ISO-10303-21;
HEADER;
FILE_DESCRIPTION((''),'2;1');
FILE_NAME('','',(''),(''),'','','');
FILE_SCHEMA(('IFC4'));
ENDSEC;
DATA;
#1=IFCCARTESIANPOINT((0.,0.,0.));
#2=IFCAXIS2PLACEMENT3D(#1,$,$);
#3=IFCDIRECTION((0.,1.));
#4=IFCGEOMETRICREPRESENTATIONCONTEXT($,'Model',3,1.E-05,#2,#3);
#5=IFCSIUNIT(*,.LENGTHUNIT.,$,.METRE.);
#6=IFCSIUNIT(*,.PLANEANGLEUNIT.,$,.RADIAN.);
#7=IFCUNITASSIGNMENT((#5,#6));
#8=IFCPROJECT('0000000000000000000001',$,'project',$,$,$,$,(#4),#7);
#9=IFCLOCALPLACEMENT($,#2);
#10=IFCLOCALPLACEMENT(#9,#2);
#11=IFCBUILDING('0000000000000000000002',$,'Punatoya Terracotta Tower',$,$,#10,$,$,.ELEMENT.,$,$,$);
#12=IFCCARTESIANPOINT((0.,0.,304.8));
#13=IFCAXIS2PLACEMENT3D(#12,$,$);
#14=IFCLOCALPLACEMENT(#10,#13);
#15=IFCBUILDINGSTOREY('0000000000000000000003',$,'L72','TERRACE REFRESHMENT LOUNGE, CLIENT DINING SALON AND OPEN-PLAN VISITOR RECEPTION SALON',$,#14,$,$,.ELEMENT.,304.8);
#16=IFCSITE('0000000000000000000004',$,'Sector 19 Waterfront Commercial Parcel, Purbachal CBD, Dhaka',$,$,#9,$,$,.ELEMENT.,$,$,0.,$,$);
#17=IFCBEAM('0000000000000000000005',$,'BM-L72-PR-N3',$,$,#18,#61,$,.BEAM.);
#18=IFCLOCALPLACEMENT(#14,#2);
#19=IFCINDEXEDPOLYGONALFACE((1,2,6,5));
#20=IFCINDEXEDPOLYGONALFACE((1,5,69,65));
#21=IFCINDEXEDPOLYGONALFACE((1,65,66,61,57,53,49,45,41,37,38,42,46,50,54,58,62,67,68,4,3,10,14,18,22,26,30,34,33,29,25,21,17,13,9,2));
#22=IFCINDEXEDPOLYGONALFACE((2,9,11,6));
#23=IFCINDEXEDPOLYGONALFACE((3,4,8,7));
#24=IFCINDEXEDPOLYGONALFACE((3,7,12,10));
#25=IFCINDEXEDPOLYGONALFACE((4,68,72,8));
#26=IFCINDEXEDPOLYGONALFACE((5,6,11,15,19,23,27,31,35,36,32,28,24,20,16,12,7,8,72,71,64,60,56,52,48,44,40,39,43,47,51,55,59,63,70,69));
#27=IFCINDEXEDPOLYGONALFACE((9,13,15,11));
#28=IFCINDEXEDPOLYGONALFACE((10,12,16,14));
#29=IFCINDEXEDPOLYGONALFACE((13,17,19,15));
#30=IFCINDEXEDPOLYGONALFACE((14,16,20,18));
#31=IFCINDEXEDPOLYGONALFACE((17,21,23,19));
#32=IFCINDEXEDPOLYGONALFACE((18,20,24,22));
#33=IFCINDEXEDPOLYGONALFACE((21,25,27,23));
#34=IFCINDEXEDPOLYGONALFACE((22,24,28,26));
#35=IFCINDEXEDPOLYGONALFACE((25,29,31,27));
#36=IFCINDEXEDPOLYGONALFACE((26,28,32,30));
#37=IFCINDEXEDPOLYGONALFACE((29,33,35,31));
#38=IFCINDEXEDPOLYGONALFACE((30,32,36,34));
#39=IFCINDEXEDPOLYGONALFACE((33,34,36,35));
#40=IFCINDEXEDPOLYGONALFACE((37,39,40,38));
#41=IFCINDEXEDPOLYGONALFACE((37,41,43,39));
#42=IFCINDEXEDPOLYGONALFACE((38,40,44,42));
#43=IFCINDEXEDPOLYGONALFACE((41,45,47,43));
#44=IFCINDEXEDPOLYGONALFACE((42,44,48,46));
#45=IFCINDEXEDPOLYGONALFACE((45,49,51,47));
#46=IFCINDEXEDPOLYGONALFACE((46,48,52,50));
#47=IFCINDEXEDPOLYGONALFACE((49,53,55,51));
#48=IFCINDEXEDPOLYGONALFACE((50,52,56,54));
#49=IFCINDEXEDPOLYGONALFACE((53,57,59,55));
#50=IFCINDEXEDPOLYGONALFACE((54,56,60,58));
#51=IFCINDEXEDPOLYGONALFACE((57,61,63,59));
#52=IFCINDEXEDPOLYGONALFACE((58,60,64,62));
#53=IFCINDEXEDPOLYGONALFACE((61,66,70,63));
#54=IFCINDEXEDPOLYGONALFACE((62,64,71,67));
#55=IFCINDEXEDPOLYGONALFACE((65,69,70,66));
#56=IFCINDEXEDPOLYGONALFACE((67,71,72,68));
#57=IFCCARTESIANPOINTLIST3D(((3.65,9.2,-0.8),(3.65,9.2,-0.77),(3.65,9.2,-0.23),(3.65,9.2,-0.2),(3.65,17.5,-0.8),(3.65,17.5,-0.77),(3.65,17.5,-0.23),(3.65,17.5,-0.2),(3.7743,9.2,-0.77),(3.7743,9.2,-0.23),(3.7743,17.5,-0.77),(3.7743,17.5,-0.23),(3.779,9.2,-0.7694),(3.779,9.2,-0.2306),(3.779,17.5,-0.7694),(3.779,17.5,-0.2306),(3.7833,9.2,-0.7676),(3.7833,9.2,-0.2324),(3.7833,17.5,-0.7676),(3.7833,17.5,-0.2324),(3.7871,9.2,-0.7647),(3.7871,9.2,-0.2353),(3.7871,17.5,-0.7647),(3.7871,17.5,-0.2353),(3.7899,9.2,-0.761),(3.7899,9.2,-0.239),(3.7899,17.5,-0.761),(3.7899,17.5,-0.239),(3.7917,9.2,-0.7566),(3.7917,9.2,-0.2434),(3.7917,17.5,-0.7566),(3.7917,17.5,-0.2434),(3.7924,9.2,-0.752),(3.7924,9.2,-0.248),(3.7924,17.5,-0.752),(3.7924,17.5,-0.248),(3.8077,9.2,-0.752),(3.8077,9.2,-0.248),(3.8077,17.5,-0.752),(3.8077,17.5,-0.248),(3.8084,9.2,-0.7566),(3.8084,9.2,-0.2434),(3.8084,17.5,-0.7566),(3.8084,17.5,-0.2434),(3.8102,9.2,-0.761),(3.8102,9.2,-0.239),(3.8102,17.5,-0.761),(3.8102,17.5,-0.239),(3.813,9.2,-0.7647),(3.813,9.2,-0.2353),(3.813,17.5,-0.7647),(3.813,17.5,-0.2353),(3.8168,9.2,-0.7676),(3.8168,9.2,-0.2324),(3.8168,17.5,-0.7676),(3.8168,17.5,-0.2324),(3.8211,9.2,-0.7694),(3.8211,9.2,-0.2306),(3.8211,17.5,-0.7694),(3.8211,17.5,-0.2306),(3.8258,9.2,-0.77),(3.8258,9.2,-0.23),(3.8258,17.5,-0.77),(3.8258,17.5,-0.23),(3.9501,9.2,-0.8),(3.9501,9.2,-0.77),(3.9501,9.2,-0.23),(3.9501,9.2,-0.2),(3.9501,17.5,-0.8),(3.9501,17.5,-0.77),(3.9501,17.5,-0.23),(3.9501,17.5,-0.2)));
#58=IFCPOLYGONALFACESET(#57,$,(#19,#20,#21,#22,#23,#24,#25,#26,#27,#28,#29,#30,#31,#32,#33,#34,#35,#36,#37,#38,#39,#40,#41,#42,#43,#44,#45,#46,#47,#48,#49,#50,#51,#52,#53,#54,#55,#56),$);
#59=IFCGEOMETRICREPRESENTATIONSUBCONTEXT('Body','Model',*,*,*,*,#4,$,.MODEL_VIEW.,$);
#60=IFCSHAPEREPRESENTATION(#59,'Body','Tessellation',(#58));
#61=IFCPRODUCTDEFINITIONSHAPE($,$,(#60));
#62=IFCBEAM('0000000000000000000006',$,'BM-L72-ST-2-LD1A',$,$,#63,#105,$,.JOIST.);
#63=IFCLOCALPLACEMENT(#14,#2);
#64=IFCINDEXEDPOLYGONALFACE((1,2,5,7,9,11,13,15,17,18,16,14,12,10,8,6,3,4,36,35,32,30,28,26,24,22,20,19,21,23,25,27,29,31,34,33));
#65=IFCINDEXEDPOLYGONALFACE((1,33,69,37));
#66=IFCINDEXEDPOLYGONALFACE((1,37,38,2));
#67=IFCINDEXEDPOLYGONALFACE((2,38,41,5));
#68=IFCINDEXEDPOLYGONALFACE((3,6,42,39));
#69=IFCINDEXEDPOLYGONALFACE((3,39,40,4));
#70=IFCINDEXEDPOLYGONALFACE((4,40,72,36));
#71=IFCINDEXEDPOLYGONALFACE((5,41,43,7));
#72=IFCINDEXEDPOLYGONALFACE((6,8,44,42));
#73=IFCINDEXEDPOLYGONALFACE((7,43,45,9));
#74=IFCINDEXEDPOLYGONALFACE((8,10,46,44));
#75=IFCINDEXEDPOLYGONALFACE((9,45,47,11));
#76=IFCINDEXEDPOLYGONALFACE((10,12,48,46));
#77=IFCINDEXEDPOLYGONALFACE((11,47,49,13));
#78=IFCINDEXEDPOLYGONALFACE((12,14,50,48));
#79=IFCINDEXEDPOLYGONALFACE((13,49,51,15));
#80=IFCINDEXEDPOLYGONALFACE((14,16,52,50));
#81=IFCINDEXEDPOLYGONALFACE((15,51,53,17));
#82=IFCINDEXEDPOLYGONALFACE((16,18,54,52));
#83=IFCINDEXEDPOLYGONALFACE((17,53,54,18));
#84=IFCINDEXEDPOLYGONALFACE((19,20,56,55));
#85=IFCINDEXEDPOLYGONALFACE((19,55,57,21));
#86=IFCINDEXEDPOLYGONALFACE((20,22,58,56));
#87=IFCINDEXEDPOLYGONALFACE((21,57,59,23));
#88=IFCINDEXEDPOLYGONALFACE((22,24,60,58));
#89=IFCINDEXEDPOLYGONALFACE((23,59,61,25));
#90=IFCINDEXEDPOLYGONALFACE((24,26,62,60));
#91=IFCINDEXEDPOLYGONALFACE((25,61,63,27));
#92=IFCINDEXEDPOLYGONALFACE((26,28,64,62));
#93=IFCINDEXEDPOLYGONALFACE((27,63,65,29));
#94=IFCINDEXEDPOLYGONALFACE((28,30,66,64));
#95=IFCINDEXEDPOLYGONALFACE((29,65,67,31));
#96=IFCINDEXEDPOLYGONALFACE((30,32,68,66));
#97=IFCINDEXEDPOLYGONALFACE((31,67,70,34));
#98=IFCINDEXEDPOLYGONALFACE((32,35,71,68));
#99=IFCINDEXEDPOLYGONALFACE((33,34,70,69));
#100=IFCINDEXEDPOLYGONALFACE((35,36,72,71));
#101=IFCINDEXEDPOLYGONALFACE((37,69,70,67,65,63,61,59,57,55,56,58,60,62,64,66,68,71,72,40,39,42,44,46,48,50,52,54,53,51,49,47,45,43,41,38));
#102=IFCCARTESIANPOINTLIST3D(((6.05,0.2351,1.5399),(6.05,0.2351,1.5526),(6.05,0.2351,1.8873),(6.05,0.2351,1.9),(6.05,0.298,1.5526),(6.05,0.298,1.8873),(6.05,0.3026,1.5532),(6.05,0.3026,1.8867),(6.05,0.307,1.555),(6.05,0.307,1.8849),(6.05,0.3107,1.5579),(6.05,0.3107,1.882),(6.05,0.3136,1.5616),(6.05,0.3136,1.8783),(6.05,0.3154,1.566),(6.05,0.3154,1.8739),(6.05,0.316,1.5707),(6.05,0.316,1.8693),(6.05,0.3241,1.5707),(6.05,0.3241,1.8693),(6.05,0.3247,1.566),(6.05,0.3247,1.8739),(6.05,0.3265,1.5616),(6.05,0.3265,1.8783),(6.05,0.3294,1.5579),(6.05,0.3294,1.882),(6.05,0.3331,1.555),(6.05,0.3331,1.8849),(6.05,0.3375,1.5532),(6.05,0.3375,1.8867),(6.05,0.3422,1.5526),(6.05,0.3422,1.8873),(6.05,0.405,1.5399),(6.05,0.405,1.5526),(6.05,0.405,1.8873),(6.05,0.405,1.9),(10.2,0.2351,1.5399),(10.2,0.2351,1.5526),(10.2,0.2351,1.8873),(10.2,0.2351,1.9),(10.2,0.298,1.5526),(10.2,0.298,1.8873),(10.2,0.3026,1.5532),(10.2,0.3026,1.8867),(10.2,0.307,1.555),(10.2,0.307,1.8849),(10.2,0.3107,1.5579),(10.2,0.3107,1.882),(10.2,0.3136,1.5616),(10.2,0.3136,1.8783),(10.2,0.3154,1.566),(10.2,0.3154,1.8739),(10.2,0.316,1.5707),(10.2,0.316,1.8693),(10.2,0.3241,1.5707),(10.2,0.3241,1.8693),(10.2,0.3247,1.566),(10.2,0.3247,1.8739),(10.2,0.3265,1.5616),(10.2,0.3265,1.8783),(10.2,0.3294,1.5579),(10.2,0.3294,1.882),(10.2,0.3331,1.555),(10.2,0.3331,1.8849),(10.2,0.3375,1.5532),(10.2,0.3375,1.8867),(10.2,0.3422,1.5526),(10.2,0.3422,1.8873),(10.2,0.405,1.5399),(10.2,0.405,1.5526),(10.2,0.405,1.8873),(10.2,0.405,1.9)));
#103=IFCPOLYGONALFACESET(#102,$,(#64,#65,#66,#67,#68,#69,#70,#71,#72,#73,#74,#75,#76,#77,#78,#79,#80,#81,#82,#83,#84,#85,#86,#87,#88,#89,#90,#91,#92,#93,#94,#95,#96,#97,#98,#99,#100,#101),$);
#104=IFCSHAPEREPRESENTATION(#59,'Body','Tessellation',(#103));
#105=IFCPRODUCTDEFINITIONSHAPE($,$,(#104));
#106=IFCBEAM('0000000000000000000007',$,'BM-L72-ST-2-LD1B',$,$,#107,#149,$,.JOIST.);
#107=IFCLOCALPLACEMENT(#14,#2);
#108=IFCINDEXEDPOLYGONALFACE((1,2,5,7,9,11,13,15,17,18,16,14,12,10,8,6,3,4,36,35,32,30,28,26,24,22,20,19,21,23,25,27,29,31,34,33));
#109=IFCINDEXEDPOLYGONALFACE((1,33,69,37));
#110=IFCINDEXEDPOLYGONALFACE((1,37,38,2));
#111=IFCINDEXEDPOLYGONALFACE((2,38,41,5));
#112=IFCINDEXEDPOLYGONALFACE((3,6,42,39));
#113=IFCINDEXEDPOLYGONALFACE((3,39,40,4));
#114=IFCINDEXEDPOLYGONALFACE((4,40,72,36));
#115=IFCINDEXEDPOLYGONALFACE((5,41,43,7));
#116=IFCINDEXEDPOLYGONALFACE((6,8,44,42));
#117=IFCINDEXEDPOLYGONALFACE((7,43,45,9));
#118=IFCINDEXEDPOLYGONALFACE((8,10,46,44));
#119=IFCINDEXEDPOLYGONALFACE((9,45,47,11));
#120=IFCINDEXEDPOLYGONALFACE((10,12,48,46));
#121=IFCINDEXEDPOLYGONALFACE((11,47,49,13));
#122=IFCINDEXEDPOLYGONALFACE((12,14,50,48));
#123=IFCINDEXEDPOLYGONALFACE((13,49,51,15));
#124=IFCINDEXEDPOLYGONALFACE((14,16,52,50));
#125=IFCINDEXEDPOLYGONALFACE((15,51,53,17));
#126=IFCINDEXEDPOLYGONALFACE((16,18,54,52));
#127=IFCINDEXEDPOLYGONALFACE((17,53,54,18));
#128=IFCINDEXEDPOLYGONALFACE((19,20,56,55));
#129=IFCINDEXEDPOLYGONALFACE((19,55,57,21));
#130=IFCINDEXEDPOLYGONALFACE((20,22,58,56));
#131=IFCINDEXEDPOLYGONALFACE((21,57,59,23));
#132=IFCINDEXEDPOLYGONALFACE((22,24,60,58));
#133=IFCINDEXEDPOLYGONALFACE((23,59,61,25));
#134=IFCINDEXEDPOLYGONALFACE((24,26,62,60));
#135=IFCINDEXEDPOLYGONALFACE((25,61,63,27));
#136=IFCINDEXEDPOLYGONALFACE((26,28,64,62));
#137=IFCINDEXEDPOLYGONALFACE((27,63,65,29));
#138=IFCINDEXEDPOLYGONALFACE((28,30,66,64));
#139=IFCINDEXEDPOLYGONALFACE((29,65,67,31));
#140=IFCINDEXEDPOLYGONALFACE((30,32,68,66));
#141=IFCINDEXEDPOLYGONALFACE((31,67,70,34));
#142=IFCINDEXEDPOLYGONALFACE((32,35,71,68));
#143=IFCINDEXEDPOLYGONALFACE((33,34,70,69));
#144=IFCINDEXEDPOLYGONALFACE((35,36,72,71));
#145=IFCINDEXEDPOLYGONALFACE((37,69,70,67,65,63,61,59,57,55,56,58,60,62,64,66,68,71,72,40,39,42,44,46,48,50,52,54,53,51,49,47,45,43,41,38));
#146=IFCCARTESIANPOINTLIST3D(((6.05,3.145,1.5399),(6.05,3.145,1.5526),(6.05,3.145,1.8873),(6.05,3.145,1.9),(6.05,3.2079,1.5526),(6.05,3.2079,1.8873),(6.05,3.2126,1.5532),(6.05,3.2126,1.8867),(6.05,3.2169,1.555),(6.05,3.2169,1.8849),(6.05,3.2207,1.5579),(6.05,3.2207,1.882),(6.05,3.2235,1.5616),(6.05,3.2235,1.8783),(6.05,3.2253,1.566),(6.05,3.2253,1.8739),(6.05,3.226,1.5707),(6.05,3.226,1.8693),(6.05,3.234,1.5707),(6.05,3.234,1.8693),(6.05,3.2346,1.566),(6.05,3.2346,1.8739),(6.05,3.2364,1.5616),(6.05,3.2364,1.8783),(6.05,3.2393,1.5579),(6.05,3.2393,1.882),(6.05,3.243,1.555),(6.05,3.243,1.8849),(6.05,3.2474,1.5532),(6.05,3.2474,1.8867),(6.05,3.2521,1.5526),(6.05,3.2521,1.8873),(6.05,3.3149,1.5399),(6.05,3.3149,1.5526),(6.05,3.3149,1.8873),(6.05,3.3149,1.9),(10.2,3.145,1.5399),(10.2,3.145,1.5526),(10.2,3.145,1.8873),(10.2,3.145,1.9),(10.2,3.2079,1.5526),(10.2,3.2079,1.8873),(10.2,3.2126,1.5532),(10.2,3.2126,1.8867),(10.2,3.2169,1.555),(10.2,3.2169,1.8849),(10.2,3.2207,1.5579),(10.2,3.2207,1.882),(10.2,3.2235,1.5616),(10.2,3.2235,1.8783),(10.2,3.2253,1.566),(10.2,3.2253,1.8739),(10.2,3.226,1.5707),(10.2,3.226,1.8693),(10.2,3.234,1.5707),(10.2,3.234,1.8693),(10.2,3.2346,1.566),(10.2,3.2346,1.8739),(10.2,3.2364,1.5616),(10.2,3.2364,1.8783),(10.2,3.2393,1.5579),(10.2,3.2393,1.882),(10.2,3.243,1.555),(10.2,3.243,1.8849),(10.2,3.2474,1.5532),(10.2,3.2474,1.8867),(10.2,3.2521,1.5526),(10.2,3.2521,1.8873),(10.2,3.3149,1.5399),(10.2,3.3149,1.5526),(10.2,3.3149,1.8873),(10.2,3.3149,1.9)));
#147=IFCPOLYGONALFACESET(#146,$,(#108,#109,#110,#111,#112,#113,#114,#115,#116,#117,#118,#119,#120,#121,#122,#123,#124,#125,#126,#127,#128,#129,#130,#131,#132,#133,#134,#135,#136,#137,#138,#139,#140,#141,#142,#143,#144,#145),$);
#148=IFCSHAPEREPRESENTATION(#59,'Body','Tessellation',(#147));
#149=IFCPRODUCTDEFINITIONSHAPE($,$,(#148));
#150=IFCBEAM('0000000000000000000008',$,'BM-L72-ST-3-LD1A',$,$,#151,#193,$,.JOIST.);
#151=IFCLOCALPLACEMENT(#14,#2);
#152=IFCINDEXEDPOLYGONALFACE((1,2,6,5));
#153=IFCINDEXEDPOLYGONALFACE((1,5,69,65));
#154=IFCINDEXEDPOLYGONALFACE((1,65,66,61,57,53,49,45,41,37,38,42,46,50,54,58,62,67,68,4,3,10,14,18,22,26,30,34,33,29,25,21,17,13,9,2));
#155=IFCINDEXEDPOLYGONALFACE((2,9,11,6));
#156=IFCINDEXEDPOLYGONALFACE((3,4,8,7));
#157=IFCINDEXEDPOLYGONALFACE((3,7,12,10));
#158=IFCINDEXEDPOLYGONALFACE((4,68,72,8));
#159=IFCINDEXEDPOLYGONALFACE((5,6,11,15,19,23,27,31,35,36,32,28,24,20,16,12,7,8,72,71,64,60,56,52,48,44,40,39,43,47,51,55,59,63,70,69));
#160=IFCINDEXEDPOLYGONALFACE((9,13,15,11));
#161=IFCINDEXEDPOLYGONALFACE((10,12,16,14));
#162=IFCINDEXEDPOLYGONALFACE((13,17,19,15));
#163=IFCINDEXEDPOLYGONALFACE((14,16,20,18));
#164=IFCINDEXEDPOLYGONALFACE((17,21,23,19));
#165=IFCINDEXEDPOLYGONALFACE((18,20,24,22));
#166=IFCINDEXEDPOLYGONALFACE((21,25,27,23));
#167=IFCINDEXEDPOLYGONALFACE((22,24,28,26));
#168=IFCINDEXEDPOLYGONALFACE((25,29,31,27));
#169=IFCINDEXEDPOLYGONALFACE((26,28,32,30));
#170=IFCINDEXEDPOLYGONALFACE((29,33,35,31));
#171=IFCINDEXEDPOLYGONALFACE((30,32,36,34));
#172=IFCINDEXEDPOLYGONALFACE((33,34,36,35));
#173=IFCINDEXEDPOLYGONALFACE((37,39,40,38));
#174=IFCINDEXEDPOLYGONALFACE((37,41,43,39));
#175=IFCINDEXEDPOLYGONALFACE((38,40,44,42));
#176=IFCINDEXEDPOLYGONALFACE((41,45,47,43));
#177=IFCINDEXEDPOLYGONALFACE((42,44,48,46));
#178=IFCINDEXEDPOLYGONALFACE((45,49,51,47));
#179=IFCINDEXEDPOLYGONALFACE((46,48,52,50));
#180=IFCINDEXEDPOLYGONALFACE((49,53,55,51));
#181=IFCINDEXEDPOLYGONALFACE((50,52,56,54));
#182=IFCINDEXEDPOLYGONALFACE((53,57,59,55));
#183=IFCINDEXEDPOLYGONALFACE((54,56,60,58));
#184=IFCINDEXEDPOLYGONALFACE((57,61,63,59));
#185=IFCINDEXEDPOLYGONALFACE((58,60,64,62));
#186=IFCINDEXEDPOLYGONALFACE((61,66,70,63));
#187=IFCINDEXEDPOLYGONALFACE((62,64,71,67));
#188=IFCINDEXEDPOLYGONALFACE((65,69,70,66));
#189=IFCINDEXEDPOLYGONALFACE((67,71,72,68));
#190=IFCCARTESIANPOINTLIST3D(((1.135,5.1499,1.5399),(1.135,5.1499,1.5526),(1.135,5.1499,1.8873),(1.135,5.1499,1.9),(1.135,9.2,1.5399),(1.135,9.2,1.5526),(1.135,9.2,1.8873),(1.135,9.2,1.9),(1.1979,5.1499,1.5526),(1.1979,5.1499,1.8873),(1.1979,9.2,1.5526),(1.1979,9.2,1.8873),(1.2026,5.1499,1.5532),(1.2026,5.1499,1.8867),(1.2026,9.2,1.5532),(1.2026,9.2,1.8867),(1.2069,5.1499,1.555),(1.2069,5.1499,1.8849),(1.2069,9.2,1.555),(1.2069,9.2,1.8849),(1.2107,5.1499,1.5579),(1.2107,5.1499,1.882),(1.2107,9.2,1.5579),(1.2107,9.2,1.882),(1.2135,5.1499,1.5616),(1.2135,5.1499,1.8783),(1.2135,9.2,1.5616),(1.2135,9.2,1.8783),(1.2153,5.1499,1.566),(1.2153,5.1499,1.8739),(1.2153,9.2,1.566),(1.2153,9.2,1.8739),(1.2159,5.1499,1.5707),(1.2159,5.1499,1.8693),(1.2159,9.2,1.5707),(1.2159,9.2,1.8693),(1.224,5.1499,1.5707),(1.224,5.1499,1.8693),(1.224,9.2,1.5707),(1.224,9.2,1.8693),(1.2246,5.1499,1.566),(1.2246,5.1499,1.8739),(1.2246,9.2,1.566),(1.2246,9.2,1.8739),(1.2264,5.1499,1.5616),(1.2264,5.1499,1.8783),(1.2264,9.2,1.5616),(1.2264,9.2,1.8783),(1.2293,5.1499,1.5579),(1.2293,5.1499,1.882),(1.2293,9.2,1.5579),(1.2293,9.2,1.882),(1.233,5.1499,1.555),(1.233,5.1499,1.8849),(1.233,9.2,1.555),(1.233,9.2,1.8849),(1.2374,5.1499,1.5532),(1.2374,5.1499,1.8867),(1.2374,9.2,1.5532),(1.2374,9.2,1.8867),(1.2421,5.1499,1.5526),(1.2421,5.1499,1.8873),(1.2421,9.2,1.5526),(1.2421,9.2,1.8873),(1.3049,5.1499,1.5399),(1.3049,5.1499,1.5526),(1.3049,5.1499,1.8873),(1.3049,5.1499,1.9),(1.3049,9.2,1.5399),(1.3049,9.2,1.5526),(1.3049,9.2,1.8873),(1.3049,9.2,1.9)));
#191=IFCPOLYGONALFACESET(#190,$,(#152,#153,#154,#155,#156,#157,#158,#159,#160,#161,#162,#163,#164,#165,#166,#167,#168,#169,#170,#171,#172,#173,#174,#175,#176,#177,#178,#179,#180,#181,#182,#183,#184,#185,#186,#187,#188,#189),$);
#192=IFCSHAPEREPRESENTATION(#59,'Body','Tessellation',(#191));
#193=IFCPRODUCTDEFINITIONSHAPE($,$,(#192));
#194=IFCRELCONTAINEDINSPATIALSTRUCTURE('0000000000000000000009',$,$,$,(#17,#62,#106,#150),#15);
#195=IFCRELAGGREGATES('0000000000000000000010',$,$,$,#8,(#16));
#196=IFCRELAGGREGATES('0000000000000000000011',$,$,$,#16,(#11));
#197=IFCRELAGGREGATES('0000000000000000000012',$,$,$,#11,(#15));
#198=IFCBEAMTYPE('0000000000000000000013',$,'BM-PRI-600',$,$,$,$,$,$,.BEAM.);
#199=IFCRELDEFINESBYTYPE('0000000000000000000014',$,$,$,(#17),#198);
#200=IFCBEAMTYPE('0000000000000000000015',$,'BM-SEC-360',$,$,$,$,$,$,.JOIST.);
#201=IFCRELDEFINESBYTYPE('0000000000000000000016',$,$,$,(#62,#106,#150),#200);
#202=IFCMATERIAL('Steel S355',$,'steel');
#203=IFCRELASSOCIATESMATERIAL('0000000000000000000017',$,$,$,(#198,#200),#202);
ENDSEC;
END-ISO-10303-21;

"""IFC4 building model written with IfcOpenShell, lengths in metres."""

from ifc_helpers import new_model, si_unit, direction, frame, origin, origin_2d, place, context, subcontext, project, spatial, i_section, extrude, material, material_profile, profile_set, type_object, element, save


model = new_model("IFC4")

# Units and contexts
model_context = context("Model", 3, precision=1e-05, world=origin(), true_north=direction((0.0, 1.0)))
body_context = subcontext(model_context, "Body", "Model", "MODEL_VIEW")
ifc_project = project(units=[si_unit("LENGTHUNIT", "METRE"), si_unit("PLANEANGLEUNIT", "RADIAN")], contexts=[model_context])

# Site, building, storey
site_placement = place(None, origin())
site = spatial("IfcSite", under=ifc_project, at=site_placement, Name="Sector 19 Waterfront Commercial Parcel, Purbachal CBD, Dhaka", CompositionType="ELEMENT", RefElevation=0.0)
building_placement = place(site_placement, origin())
building = spatial("IfcBuilding", under=site, at=building_placement, Name="Punatoya Terracotta Tower", CompositionType="ELEMENT")
storey_placement = place(building_placement, frame((0.0, 0.0, 304.8)))
storey = spatial("IfcBuildingStorey", under=building, at=storey_placement, Name="L72", Description="TERRACE REFRESHMENT LOUNGE, CLIENT DINING SALON AND OPEN-PLAN VISITOR RECEPTION SALON", CompositionType="ELEMENT", Elevation=304.8)

# Beams
ifc_material_1 = material(Name="Steel S355", Category="steel")
ifc_material_profile_1 = material_profile(ifc_material_1, i_section(OverallWidth=0.3, OverallDepth=0.6001, WebThickness=0.0154, FlangeThickness=0.03, FilletRadius=0.0181, at=origin_2d()))
ifc_profile_set_1 = profile_set([ifc_material_profile_1], Name="Steel S355")
beam_type_1 = type_object("IfcBeamType", Name="BM-PRI-600", PredefinedType="BEAM", material=ifc_profile_set_1)
beam_placement = place(storey_placement, frame((3.8, 9.2, -0.5), z_axis=(0.0, 1.0, 0.0), x_axis=(-1.0, 0.0, 0.0)))
element("IfcBeam", 1, at=beam_placement, inside=storey, type_object=beam_type_1, Name="BM-L72-PR-N3", PredefinedType="BEAM", context=body_context, shape_type="SweptSolid", body=[
    extrude(i_section(OverallWidth=0.3, OverallDepth=0.6001, WebThickness=0.0154, FlangeThickness=0.03, FilletRadius=0.0181, at=origin_2d()), origin(), (0.0, 0.0, 1.0), 8.3),
])
ifc_material_profile_2 = material_profile(ifc_material_1, i_section(OverallWidth=0.1699, OverallDepth=0.3601, WebThickness=0.0081, FlangeThickness=0.0127, FilletRadius=0.0181, at=origin_2d()))
ifc_profile_set_2 = profile_set([ifc_material_profile_2], Name="Steel S355")
beam_type_2 = type_object("IfcBeamType", Name="BM-SEC-360", PredefinedType="JOIST", material=ifc_profile_set_2)
for number, where, z_axis, x_axis, name in (
    (2, (6.05, 0.3201, 1.72), (1.0, 0.0, 0.0), (0.0, 1.0, 0.0), "BM-L72-ST-2-LD1A"),
    (3, (6.05, 3.23, 1.72), (1.0, 0.0, 0.0), (0.0, 1.0, 0.0), "BM-L72-ST-2-LD1B"),
):
    element("IfcBeam", number, at=place(storey_placement, frame(where, z_axis=z_axis, x_axis=x_axis)), inside=storey, type_object=beam_type_2, Name=name, PredefinedType="JOIST", context=body_context, shape_type="SweptSolid", body=[
        extrude(i_section(OverallWidth=0.1699, OverallDepth=0.3601, WebThickness=0.0081, FlangeThickness=0.0127, FilletRadius=0.0181, at=origin_2d()), origin(), (0.0, 0.0, 1.0), 4.1499),
    ])
for number, where, z_axis, x_axis, name in (
    (4, (1.22, 5.1499, 1.72), (0.0, 1.0, 0.0), (-1.0, 0.0, 0.0), "BM-L72-ST-3-LD1A"),
):
    element("IfcBeam", number, at=place(storey_placement, frame(where, z_axis=z_axis, x_axis=x_axis)), inside=storey, type_object=beam_type_2, Name=name, PredefinedType="JOIST", context=body_context, shape_type="SweptSolid", body=[
        extrude(i_section(OverallWidth=0.1699, OverallDepth=0.3601, WebThickness=0.0081, FlangeThickness=0.0127, FilletRadius=0.0181, at=origin_2d()), origin(), (0.0, 0.0, 1.0), 4.05),
    ])

save(model, "model.ifc")
